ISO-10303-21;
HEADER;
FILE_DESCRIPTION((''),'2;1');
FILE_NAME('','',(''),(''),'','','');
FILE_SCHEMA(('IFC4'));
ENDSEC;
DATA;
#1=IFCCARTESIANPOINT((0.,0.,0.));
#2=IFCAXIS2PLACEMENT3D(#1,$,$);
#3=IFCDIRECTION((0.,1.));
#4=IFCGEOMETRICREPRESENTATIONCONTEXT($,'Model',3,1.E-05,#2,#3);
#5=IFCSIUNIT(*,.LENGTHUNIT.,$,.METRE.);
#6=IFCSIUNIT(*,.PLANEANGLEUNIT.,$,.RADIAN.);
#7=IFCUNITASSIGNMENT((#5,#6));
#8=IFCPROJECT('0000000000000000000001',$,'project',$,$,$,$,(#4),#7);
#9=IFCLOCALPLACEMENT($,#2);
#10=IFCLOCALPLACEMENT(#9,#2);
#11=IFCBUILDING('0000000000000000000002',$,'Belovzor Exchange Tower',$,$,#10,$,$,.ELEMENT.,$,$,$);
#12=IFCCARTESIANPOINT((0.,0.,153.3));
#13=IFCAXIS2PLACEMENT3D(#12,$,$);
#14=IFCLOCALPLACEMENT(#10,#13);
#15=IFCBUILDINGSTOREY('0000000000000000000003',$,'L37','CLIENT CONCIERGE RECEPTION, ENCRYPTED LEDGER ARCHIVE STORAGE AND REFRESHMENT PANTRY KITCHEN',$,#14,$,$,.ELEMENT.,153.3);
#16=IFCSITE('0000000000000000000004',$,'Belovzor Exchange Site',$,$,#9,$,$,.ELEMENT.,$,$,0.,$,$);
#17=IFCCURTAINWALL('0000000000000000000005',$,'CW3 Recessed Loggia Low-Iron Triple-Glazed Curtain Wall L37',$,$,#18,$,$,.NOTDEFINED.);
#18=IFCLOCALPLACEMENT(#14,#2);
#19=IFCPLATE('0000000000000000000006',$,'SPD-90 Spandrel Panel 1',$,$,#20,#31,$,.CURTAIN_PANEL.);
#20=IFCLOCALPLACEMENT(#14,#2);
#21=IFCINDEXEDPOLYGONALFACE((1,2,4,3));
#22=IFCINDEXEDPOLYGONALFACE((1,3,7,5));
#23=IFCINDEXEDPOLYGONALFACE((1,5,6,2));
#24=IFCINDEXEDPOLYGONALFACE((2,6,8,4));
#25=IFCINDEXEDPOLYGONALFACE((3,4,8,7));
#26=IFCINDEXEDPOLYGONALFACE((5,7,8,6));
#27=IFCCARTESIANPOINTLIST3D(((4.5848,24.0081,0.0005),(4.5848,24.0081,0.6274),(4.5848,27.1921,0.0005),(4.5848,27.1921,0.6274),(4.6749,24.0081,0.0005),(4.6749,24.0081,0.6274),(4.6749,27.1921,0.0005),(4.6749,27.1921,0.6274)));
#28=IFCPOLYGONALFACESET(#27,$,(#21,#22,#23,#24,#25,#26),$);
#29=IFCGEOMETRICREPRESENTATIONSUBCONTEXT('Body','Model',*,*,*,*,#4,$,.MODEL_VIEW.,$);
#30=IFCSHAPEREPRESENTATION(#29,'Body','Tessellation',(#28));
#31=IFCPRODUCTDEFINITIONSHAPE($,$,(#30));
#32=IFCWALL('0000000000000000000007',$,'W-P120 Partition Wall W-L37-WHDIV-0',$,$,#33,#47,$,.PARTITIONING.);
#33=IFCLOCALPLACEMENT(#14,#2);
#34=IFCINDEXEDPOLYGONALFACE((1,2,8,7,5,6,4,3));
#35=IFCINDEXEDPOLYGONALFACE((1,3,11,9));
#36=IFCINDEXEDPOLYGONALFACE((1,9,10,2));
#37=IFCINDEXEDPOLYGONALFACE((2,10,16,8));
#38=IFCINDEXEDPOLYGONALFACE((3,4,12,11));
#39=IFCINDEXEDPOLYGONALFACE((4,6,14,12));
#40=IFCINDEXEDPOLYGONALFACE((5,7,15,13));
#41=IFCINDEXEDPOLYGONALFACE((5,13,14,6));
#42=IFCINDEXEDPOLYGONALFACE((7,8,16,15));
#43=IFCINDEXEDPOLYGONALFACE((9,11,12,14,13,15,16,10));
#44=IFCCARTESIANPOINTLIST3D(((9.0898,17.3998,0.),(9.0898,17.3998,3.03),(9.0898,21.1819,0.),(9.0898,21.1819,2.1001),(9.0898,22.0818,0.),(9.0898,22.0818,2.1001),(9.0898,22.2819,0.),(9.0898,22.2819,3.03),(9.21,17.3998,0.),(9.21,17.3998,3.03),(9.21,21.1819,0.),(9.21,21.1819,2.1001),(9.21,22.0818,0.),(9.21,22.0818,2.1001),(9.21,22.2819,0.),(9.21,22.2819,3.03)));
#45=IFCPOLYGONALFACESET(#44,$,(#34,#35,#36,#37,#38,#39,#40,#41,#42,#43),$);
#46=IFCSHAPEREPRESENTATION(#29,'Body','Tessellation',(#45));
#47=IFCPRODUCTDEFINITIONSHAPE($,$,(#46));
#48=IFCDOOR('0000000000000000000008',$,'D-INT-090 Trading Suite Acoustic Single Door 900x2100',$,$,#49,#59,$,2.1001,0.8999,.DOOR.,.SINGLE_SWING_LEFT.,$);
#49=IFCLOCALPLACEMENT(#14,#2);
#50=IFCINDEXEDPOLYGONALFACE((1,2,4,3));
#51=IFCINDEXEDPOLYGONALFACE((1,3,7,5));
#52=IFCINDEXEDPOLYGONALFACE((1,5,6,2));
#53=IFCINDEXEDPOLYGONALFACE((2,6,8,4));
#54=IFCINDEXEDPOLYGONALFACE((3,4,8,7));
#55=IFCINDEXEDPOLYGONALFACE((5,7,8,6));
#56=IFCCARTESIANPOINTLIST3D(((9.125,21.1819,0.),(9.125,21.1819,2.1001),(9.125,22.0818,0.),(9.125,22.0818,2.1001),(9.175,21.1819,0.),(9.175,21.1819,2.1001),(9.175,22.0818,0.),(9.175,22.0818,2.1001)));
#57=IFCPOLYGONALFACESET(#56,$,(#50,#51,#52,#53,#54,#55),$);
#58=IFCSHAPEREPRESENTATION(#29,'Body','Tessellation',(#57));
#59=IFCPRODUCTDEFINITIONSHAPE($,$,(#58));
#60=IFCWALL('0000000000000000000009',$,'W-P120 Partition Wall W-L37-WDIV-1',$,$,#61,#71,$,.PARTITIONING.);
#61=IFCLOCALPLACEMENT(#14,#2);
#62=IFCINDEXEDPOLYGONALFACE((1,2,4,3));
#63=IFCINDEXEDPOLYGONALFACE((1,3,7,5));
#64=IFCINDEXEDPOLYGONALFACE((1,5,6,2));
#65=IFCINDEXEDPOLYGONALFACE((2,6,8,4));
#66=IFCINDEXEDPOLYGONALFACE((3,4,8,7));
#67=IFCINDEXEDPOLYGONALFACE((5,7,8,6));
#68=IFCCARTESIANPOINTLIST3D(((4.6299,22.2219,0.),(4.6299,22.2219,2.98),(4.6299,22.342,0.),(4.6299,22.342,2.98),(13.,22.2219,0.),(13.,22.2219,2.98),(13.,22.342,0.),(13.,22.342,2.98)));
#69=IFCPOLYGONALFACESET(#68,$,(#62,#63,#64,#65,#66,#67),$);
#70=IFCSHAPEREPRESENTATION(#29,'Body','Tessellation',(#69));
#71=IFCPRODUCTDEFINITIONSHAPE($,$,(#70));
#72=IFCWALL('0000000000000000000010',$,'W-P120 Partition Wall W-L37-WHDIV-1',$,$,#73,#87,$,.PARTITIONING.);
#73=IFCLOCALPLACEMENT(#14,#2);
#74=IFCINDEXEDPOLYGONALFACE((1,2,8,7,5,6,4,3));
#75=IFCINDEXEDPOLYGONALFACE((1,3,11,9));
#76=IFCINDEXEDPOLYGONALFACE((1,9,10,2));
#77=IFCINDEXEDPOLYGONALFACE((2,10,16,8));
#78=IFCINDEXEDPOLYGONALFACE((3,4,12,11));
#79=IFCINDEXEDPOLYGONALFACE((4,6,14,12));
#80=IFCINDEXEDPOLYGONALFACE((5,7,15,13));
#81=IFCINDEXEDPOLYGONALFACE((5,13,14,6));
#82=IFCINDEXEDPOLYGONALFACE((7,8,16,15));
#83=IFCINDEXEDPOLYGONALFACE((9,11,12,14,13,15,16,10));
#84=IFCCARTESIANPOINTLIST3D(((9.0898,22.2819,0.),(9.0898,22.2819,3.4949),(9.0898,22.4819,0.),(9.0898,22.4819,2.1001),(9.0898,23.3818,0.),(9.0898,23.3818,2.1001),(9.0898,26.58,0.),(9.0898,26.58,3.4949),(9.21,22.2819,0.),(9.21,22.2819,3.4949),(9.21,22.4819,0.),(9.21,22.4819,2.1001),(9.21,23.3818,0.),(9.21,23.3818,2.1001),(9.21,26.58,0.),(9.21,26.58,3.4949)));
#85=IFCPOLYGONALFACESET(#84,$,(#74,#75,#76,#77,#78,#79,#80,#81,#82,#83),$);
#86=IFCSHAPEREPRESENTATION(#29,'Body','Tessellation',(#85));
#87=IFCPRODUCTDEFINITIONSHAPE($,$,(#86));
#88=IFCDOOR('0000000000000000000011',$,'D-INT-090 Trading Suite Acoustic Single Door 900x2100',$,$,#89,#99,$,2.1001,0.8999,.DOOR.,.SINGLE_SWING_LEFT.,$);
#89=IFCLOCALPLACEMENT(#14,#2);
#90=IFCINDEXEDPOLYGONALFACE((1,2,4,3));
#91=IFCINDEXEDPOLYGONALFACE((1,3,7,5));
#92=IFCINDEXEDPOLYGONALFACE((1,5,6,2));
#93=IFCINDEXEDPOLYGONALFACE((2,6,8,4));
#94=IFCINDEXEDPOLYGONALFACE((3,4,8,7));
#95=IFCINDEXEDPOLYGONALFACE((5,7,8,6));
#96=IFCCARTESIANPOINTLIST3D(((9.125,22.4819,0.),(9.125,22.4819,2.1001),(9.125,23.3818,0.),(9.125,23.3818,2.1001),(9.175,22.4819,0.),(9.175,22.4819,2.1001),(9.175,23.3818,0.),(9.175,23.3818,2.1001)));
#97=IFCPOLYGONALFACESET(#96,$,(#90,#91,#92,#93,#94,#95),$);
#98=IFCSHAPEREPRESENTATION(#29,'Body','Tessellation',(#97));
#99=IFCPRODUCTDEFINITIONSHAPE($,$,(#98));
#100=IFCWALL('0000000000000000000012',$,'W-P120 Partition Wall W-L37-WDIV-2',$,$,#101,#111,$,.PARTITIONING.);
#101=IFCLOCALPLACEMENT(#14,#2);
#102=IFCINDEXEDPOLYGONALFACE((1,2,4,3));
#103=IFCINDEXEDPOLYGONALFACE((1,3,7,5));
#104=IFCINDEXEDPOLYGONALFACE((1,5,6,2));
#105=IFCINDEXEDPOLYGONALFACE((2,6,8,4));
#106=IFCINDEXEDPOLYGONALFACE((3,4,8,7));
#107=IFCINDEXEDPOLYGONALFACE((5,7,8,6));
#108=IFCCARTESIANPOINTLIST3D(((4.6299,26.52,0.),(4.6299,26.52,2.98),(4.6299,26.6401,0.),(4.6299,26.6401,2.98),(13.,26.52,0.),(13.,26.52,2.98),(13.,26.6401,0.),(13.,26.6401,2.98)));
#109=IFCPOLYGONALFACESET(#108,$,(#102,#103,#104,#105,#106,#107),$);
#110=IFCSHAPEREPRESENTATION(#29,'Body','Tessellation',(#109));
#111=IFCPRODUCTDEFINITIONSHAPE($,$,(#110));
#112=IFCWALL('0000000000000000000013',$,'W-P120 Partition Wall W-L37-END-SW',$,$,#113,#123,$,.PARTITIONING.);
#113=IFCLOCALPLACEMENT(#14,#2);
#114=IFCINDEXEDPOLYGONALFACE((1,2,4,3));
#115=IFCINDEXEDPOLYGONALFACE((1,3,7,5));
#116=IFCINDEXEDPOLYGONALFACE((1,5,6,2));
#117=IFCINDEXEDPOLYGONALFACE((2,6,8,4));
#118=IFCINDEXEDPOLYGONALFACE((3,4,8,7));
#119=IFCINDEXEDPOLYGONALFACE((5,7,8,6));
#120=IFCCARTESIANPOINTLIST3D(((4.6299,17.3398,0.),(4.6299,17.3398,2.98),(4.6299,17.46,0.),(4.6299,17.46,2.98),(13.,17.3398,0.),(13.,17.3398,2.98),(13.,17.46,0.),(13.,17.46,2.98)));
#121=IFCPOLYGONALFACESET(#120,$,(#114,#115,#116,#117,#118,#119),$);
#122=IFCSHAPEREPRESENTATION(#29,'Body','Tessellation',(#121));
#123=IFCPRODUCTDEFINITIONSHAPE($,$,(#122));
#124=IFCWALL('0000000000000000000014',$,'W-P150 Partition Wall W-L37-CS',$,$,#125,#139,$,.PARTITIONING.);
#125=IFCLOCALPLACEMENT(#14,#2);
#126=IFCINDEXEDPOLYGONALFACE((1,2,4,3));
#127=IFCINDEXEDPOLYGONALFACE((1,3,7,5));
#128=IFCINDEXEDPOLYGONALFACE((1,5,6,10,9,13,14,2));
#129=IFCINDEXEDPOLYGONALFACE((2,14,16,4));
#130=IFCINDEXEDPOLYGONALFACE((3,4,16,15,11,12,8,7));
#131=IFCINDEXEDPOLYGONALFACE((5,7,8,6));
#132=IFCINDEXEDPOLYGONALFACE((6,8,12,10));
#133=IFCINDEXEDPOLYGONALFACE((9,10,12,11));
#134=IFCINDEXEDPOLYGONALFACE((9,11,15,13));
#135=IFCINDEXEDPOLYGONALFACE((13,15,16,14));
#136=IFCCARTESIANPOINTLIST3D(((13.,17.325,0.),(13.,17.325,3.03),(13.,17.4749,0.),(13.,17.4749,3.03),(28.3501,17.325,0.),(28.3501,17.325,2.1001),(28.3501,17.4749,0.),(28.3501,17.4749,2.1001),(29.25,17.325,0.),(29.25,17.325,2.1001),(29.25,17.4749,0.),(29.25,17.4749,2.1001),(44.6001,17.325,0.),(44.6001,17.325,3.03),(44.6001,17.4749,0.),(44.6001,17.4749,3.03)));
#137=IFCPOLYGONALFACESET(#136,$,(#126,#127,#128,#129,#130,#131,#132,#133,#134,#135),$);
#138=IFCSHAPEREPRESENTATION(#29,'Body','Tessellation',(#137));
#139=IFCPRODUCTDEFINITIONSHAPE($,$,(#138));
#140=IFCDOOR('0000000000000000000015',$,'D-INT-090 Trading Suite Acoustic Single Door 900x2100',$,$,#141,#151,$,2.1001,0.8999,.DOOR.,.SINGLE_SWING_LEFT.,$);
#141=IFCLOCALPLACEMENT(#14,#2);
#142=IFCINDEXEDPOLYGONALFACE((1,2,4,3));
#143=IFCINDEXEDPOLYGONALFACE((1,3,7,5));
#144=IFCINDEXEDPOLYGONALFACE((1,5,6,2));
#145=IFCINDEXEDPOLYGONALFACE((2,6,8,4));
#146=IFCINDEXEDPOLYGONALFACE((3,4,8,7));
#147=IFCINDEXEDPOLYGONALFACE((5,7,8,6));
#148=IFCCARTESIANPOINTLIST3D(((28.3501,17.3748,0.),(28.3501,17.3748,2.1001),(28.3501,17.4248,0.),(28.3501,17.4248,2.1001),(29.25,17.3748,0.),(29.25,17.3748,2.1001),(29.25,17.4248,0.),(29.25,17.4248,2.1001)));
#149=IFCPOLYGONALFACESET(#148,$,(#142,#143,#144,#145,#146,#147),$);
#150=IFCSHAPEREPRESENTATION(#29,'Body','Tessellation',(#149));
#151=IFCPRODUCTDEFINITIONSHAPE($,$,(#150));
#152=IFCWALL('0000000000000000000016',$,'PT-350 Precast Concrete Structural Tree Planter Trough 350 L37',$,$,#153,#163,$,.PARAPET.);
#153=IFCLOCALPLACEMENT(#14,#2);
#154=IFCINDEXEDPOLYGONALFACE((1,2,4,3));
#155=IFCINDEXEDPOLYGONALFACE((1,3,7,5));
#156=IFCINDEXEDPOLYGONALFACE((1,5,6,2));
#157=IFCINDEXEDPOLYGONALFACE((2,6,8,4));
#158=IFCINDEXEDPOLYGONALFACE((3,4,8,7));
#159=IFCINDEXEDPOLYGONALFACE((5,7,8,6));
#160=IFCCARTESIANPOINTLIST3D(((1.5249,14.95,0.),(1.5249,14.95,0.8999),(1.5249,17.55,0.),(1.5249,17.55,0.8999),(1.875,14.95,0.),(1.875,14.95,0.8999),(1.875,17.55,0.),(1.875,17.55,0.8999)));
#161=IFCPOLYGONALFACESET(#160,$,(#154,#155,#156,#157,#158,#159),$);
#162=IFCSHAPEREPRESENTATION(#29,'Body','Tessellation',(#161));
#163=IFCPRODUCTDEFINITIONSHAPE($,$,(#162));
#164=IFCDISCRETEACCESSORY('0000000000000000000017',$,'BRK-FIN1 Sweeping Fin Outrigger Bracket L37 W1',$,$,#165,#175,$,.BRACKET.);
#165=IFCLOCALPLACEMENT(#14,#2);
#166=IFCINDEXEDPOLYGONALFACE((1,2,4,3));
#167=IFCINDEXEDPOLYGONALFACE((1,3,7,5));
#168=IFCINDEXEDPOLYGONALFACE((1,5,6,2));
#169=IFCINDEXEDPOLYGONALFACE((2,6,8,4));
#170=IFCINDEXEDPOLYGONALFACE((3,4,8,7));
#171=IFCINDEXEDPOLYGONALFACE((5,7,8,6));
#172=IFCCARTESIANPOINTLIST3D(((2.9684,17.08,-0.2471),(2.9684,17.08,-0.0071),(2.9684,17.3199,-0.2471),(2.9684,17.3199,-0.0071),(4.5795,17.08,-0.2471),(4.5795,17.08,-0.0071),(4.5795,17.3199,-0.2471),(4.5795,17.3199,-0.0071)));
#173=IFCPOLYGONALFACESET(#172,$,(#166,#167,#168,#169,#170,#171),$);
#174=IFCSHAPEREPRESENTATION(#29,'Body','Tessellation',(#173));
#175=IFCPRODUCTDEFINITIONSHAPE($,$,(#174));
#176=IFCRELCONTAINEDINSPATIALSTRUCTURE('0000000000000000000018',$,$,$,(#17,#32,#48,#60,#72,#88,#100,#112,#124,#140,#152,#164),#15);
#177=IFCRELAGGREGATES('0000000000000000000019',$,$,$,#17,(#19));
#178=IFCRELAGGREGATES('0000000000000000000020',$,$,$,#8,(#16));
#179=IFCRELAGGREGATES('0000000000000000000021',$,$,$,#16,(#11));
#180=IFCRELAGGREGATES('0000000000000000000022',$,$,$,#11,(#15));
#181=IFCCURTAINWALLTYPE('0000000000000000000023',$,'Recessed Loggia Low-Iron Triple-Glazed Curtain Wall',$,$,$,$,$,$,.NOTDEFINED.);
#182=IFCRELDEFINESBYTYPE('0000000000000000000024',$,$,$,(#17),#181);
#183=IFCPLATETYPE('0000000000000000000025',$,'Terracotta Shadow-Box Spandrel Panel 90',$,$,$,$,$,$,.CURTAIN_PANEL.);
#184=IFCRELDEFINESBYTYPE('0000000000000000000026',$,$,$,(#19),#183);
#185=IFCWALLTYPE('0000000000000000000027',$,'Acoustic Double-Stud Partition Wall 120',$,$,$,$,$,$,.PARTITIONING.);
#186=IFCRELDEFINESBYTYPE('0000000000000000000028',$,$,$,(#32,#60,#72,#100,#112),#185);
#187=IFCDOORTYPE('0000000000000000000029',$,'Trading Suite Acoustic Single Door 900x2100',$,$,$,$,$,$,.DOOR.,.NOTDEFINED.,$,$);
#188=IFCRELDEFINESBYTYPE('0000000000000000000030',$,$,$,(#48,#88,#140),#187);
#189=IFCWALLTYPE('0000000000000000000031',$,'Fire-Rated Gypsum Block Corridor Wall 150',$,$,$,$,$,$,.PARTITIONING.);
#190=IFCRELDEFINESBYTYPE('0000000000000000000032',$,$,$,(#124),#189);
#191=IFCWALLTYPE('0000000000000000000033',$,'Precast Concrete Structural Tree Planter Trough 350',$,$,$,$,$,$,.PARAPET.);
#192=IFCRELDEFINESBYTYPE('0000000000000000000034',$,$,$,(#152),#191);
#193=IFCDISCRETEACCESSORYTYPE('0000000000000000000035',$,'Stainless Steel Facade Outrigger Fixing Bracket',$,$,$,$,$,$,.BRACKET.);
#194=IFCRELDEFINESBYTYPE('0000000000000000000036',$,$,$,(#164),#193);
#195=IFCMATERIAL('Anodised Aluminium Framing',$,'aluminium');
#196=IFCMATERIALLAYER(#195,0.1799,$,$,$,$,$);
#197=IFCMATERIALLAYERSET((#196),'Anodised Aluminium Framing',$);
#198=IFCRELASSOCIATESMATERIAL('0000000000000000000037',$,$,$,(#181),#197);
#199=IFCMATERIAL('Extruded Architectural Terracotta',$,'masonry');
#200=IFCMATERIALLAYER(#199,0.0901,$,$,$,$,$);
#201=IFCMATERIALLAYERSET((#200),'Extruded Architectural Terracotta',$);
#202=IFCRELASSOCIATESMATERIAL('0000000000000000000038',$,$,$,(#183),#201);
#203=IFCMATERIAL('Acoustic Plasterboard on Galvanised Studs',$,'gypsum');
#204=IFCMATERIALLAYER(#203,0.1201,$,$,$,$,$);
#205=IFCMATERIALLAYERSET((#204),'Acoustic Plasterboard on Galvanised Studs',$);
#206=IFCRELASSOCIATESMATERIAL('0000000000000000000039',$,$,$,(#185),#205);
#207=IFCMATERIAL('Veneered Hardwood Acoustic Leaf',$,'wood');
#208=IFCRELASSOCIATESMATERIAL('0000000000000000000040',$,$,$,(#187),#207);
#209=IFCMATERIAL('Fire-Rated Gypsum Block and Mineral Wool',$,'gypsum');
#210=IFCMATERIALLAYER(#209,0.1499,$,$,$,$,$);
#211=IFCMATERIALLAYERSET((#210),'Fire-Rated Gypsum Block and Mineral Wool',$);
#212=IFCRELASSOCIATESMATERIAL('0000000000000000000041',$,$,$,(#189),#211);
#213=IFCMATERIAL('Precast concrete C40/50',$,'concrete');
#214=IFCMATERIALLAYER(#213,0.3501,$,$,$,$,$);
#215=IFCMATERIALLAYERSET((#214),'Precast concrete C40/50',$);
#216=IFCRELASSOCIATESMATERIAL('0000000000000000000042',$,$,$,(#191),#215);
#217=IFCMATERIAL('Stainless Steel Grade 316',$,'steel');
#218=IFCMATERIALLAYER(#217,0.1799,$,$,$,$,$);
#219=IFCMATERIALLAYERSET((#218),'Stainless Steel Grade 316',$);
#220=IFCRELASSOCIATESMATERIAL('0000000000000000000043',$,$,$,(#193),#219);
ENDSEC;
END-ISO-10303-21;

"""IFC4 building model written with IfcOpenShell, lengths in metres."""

from ifc_helpers import new_model, si_unit, direction, frame, frame_2d, origin, origin_2d, place, context, subcontext, project, spatial, rectangle, extrude, material, layer, layer_set, type_object, element, fill, aggregate, save


model = new_model("IFC4")

# Units and contexts
model_context = context("Model", 3, precision=1e-05, world=origin(), true_north=direction((0.0, 1.0)))
body_context = subcontext(model_context, "Body", "Model", "MODEL_VIEW")
ifc_project = project(units=[si_unit("LENGTHUNIT", "METRE"), si_unit("PLANEANGLEUNIT", "RADIAN")], contexts=[model_context])

# Site, building, storey
site_placement = place(None, origin())
site = spatial("IfcSite", under=ifc_project, at=site_placement, Name="Belovzor Exchange Site", CompositionType="ELEMENT", RefElevation=0.0)
building_placement = place(site_placement, origin())
building = spatial("IfcBuilding", under=site, at=building_placement, Name="Belovzor Exchange Tower", CompositionType="ELEMENT")
storey_placement = place(building_placement, frame((0.0, 0.0, 153.3)))
storey = spatial("IfcBuildingStorey", under=building, at=storey_placement, Name="L37", Description="CLIENT CONCIERGE RECEPTION, ENCRYPTED LEDGER ARCHIVE STORAGE AND REFRESHMENT PANTRY KITCHEN", CompositionType="ELEMENT", Elevation=153.3)

# Curtain wall
ifc_material_1 = material(Name="Anodised Aluminium Framing", Category="aluminium")
ifc_layer_1 = layer(ifc_material_1, 0.1799)
ifc_layer_set_1 = layer_set([ifc_layer_1], Name="Anodised Aluminium Framing")
curtain_wall_type = type_object("IfcCurtainWallType", Name="Recessed Loggia Low-Iron Triple-Glazed Curtain Wall", PredefinedType="NOTDEFINED", material=ifc_layer_set_1)
curtain_wall_placement = place(storey_placement, origin())
curtain_wall = element("IfcCurtainWall", 1, at=curtain_wall_placement, inside=storey, type_object=curtain_wall_type, Name="CW3 Recessed Loggia Low-Iron Triple-Glazed Curtain Wall L37", PredefinedType="NOTDEFINED")

# Plate
ifc_material_2 = material(Name="Extruded Architectural Terracotta", Category="masonry")
ifc_layer_2 = layer(ifc_material_2, 0.0901)
ifc_layer_set_2 = layer_set([ifc_layer_2], Name="Extruded Architectural Terracotta")
plate_type_1 = type_object("IfcPlateType", Name="Terracotta Shadow-Box Spandrel Panel 90", PredefinedType="CURTAIN_PANEL", material=ifc_layer_set_2)
plate_1_placement = place(storey_placement, frame((4.6299, 25.6001, 0.0005), z_axis=(0.0, 0.0, 1.0), x_axis=(0.0, 1.0, 0.0)))
plate_1 = element("IfcPlate", 2, at=plate_1_placement, type_object=plate_type_1, Name="SPD-90 Spandrel Panel 1", PredefinedType="CURTAIN_PANEL", context=body_context, shape_type="SweptSolid", body=[
    extrude(rectangle(XDim=3.1841, YDim=0.0901, at=origin_2d()), origin(), (0.0, 0.0, 1.0), 0.627),
])
aggregate(curtain_wall, [plate_1])

# Wall, opening, door
ifc_material_3 = material(Name="Acoustic Plasterboard on Galvanised Studs", Category="gypsum")
ifc_layer_3 = layer(ifc_material_3, 0.1201)
ifc_layer_set_3 = layer_set([ifc_layer_3], Name="Acoustic Plasterboard on Galvanised Studs")
wall_type_1 = type_object("IfcWallType", Name="Acoustic Double-Stud Partition Wall 120", PredefinedType="PARTITIONING", material=ifc_layer_set_3)
wall_1_placement = place(storey_placement, frame((9.1499, 17.3999, 0.0), z_axis=(0.0, 0.0, 1.0), x_axis=(0.0, 1.0, 0.0)))
wall_1 = element("IfcWall", 3, at=wall_1_placement, inside=storey, type_object=wall_type_1, Name="W-P120 Partition Wall W-L37-WHDIV-0", PredefinedType="PARTITIONING", context=body_context, shape_type="SweptSolid", body=[
    extrude(rectangle(XDim=4.8821, YDim=0.1201, at=frame_2d((2.4409, 0.0))), origin(), (0.0, 0.0, 1.0), 3.03),
])
opening_1_placement = place(wall_1_placement, frame((3.782, 0.0, 0.0)))
opening_1 = element("IfcOpeningElement", 4, at=opening_1_placement, cuts=wall_1, PredefinedType="OPENING", context=body_context, shape_type="SweptSolid", body=[
    extrude(rectangle(XDim=0.8999, YDim=2.1001, at=frame_2d((0.45, 1.05))), frame((0.0, 0.0701, 0.0), z_axis=(0.0, -1.0, 0.0), x_axis=(1.0, 0.0, 0.0)), (0.0, 0.0, 1.0), 0.1401),
])
ifc_material_4 = material(Name="Veneered Hardwood Acoustic Leaf", Category="wood")
door_type = type_object("IfcDoorType", Name="Trading Suite Acoustic Single Door 900x2100", OperationType="NOTDEFINED", PredefinedType="DOOR", material=ifc_material_4)
door_1_placement = place(opening_1_placement, origin())
door_1 = element("IfcDoor", 5, at=door_1_placement, inside=storey, type_object=door_type, Name="D-INT-090 Trading Suite Acoustic Single Door 900x2100", OperationType="SINGLE_SWING_LEFT", OverallHeight=2.1001, OverallWidth=0.8999, PredefinedType="DOOR", context=body_context, shape_type="SweptSolid", body=[
    extrude(rectangle(XDim=0.8999, YDim=2.1001, at=frame_2d((0.45, 1.05))), frame((0.0, 0.0249, 0.0), z_axis=(0.0, -1.0, 0.0), x_axis=(1.0, 0.0, 0.0)), (0.0, 0.0, 1.0), 0.05),
])
fill(opening_1, door_1)

# Wall
wall_2_placement = place(storey_placement, frame((4.6299, 22.282, 0.0), z_axis=(0.0, 0.0, 1.0), x_axis=(1.0, 0.0, 0.0)))
element("IfcWall", 6, at=wall_2_placement, inside=storey, type_object=wall_type_1, Name="W-P120 Partition Wall W-L37-WDIV-1", PredefinedType="PARTITIONING", context=body_context, shape_type="SweptSolid", body=[
    extrude(rectangle(XDim=8.3701, YDim=0.1201, at=frame_2d((4.1851, 0.0))), origin(), (0.0, 0.0, 1.0), 2.98),
])

# Wall, opening, door
wall_3_placement = place(storey_placement, frame((9.1499, 22.282, 0.0), z_axis=(0.0, 0.0, 1.0), x_axis=(0.0, 1.0, 0.0)))
wall_3 = element("IfcWall", 7, at=wall_3_placement, inside=storey, type_object=wall_type_1, Name="W-P120 Partition Wall W-L37-WHDIV-1", PredefinedType="PARTITIONING", context=body_context, shape_type="SweptSolid", body=[
    extrude(rectangle(XDim=4.2981, YDim=0.1201, at=frame_2d((2.1489, 0.0))), origin(), (0.0, 0.0, 1.0), 3.4949),
])
opening_2_placement = place(wall_3_placement, frame((0.2, 0.0, 0.0)))
opening_2 = element("IfcOpeningElement", 8, at=opening_2_placement, cuts=wall_3, PredefinedType="OPENING", context=body_context, shape_type="SweptSolid", body=[
    extrude(rectangle(XDim=0.8999, YDim=2.1001, at=frame_2d((0.45, 1.05))), frame((0.0, 0.0701, 0.0), z_axis=(0.0, -1.0, 0.0), x_axis=(1.0, 0.0, 0.0)), (0.0, 0.0, 1.0), 0.1401),
])
door_2_placement = place(opening_2_placement, origin())
door_2 = element("IfcDoor", 9, at=door_2_placement, inside=storey, type_object=door_type, Name="D-INT-090 Trading Suite Acoustic Single Door 900x2100", OperationType="SINGLE_SWING_LEFT", OverallHeight=2.1001, OverallWidth=0.8999, PredefinedType="DOOR", context=body_context, shape_type="SweptSolid", body=[
    extrude(rectangle(XDim=0.8999, YDim=2.1001, at=frame_2d((0.45, 1.05))), frame((0.0, 0.0249, 0.0), z_axis=(0.0, -1.0, 0.0), x_axis=(1.0, 0.0, 0.0)), (0.0, 0.0, 1.0), 0.05),
])
fill(opening_2, door_2)

# Walls
for number, where, z_axis, x_axis, name in (
    (10, (4.6299, 26.5801, 0.0), (0.0, 0.0, 1.0), (1.0, 0.0, 0.0), "W-P120 Partition Wall W-L37-WDIV-2"),
    (11, (4.6299, 17.3999, 0.0), (0.0, 0.0, 1.0), (1.0, 0.0, 0.0), "W-P120 Partition Wall W-L37-END-SW"),
):
    element("IfcWall", number, at=place(storey_placement, frame(where, z_axis=z_axis, x_axis=x_axis)), inside=storey, type_object=wall_type_1, Name=name, PredefinedType="PARTITIONING", context=body_context, shape_type="SweptSolid", body=[
        extrude(rectangle(XDim=8.3701, YDim=0.1201, at=frame_2d((4.1851, 0.0))), origin(), (0.0, 0.0, 1.0), 2.98),
    ])

# Wall, opening, door
ifc_material_5 = material(Name="Fire-Rated Gypsum Block and Mineral Wool", Category="gypsum")
ifc_layer_4 = layer(ifc_material_5, 0.1499)
ifc_layer_set_4 = layer_set([ifc_layer_4], Name="Fire-Rated Gypsum Block and Mineral Wool")
wall_type_2 = type_object("IfcWallType", Name="Fire-Rated Gypsum Block Corridor Wall 150", PredefinedType="PARTITIONING", material=ifc_layer_set_4)
wall_4_placement = place(storey_placement, frame((13.0, 17.3999, 0.0), z_axis=(0.0, 0.0, 1.0), x_axis=(1.0, 0.0, 0.0)))
wall_4 = element("IfcWall", 12, at=wall_4_placement, inside=storey, type_object=wall_type_2, Name="W-P150 Partition Wall W-L37-CS", PredefinedType="PARTITIONING", context=body_context, shape_type="SweptSolid", body=[
    extrude(rectangle(XDim=31.6001, YDim=0.1499, at=frame_2d((15.8, 0.0))), origin(), (0.0, 0.0, 1.0), 3.03),
])
opening_3_placement = place(wall_4_placement, frame((15.3501, 0.0, 0.0)))
opening_3 = element("IfcOpeningElement", 13, at=opening_3_placement, cuts=wall_4, PredefinedType="OPENING", context=body_context, shape_type="SweptSolid", body=[
    extrude(rectangle(XDim=0.8999, YDim=2.1001, at=frame_2d((0.45, 1.05))), frame((0.0, 0.085, 0.0), z_axis=(0.0, -1.0, 0.0), x_axis=(1.0, 0.0, 0.0)), (0.0, 0.0, 1.0), 0.1699),
])
door_3_placement = place(opening_3_placement, origin())
door_3 = element("IfcDoor", 14, at=door_3_placement, inside=storey, type_object=door_type, Name="D-INT-090 Trading Suite Acoustic Single Door 900x2100", OperationType="SINGLE_SWING_LEFT", OverallHeight=2.1001, OverallWidth=0.8999, PredefinedType="DOOR", context=body_context, shape_type="SweptSolid", body=[
    extrude(rectangle(XDim=0.8999, YDim=2.1001, at=frame_2d((0.45, 1.05))), frame((0.0, 0.0249, 0.0), z_axis=(0.0, -1.0, 0.0), x_axis=(1.0, 0.0, 0.0)), (0.0, 0.0, 1.0), 0.05),
])
fill(opening_3, door_3)

# Wall
ifc_material_6 = material(Name="Precast concrete C40/50", Category="concrete")
ifc_layer_5 = layer(ifc_material_6, 0.3501)
ifc_layer_set_5 = layer_set([ifc_layer_5], Name="Precast concrete C40/50")
wall_type_3 = type_object("IfcWallType", Name="Precast Concrete Structural Tree Planter Trough 350", PredefinedType="PARAPET", material=ifc_layer_set_5)
wall_5_placement = place(storey_placement, frame((1.7, 14.95, 0.0), z_axis=(0.0, 0.0, 1.0), x_axis=(0.0, 1.0, 0.0)))
element("IfcWall", 15, at=wall_5_placement, inside=storey, type_object=wall_type_3, Name="PT-350 Precast Concrete Structural Tree Planter Trough 350 L37", PredefinedType="PARAPET", context=body_context, shape_type="SweptSolid", body=[
    extrude(rectangle(XDim=2.6001, YDim=0.3501, at=frame_2d((1.3, 0.0))), origin(), (0.0, 0.0, 1.0), 0.8999),
])

# Discrete accessory
ifc_material_7 = material(Name="Stainless Steel Grade 316", Category="steel")
ifc_layer_6 = layer(ifc_material_7, 0.1799)
ifc_layer_set_6 = layer_set([ifc_layer_6], Name="Stainless Steel Grade 316")
discrete_accessory_type = type_object("IfcDiscreteAccessoryType", Name="Stainless Steel Facade Outrigger Fixing Bracket", PredefinedType="BRACKET", material=ifc_layer_set_6)
for number, where, z_axis, x_axis, name in (
    (16, (3.7739, 17.2, -0.2471), (0.0, 0.0, 1.0), (1.0, 0.0, 0.0), "BRK-FIN1 Sweeping Fin Outrigger Bracket L37 W1"),
):
    element("IfcDiscreteAccessory", number, at=place(storey_placement, frame(where, z_axis=z_axis, x_axis=x_axis)), inside=storey, type_object=discrete_accessory_type, Name=name, PredefinedType="BRACKET", context=body_context, shape_type="SweptSolid", body=[
        extrude(rectangle(XDim=1.6111, YDim=0.24, at=origin_2d()), origin(), (0.0, 0.0, 1.0), 0.24),
    ])

save(model, "model.ifc")
